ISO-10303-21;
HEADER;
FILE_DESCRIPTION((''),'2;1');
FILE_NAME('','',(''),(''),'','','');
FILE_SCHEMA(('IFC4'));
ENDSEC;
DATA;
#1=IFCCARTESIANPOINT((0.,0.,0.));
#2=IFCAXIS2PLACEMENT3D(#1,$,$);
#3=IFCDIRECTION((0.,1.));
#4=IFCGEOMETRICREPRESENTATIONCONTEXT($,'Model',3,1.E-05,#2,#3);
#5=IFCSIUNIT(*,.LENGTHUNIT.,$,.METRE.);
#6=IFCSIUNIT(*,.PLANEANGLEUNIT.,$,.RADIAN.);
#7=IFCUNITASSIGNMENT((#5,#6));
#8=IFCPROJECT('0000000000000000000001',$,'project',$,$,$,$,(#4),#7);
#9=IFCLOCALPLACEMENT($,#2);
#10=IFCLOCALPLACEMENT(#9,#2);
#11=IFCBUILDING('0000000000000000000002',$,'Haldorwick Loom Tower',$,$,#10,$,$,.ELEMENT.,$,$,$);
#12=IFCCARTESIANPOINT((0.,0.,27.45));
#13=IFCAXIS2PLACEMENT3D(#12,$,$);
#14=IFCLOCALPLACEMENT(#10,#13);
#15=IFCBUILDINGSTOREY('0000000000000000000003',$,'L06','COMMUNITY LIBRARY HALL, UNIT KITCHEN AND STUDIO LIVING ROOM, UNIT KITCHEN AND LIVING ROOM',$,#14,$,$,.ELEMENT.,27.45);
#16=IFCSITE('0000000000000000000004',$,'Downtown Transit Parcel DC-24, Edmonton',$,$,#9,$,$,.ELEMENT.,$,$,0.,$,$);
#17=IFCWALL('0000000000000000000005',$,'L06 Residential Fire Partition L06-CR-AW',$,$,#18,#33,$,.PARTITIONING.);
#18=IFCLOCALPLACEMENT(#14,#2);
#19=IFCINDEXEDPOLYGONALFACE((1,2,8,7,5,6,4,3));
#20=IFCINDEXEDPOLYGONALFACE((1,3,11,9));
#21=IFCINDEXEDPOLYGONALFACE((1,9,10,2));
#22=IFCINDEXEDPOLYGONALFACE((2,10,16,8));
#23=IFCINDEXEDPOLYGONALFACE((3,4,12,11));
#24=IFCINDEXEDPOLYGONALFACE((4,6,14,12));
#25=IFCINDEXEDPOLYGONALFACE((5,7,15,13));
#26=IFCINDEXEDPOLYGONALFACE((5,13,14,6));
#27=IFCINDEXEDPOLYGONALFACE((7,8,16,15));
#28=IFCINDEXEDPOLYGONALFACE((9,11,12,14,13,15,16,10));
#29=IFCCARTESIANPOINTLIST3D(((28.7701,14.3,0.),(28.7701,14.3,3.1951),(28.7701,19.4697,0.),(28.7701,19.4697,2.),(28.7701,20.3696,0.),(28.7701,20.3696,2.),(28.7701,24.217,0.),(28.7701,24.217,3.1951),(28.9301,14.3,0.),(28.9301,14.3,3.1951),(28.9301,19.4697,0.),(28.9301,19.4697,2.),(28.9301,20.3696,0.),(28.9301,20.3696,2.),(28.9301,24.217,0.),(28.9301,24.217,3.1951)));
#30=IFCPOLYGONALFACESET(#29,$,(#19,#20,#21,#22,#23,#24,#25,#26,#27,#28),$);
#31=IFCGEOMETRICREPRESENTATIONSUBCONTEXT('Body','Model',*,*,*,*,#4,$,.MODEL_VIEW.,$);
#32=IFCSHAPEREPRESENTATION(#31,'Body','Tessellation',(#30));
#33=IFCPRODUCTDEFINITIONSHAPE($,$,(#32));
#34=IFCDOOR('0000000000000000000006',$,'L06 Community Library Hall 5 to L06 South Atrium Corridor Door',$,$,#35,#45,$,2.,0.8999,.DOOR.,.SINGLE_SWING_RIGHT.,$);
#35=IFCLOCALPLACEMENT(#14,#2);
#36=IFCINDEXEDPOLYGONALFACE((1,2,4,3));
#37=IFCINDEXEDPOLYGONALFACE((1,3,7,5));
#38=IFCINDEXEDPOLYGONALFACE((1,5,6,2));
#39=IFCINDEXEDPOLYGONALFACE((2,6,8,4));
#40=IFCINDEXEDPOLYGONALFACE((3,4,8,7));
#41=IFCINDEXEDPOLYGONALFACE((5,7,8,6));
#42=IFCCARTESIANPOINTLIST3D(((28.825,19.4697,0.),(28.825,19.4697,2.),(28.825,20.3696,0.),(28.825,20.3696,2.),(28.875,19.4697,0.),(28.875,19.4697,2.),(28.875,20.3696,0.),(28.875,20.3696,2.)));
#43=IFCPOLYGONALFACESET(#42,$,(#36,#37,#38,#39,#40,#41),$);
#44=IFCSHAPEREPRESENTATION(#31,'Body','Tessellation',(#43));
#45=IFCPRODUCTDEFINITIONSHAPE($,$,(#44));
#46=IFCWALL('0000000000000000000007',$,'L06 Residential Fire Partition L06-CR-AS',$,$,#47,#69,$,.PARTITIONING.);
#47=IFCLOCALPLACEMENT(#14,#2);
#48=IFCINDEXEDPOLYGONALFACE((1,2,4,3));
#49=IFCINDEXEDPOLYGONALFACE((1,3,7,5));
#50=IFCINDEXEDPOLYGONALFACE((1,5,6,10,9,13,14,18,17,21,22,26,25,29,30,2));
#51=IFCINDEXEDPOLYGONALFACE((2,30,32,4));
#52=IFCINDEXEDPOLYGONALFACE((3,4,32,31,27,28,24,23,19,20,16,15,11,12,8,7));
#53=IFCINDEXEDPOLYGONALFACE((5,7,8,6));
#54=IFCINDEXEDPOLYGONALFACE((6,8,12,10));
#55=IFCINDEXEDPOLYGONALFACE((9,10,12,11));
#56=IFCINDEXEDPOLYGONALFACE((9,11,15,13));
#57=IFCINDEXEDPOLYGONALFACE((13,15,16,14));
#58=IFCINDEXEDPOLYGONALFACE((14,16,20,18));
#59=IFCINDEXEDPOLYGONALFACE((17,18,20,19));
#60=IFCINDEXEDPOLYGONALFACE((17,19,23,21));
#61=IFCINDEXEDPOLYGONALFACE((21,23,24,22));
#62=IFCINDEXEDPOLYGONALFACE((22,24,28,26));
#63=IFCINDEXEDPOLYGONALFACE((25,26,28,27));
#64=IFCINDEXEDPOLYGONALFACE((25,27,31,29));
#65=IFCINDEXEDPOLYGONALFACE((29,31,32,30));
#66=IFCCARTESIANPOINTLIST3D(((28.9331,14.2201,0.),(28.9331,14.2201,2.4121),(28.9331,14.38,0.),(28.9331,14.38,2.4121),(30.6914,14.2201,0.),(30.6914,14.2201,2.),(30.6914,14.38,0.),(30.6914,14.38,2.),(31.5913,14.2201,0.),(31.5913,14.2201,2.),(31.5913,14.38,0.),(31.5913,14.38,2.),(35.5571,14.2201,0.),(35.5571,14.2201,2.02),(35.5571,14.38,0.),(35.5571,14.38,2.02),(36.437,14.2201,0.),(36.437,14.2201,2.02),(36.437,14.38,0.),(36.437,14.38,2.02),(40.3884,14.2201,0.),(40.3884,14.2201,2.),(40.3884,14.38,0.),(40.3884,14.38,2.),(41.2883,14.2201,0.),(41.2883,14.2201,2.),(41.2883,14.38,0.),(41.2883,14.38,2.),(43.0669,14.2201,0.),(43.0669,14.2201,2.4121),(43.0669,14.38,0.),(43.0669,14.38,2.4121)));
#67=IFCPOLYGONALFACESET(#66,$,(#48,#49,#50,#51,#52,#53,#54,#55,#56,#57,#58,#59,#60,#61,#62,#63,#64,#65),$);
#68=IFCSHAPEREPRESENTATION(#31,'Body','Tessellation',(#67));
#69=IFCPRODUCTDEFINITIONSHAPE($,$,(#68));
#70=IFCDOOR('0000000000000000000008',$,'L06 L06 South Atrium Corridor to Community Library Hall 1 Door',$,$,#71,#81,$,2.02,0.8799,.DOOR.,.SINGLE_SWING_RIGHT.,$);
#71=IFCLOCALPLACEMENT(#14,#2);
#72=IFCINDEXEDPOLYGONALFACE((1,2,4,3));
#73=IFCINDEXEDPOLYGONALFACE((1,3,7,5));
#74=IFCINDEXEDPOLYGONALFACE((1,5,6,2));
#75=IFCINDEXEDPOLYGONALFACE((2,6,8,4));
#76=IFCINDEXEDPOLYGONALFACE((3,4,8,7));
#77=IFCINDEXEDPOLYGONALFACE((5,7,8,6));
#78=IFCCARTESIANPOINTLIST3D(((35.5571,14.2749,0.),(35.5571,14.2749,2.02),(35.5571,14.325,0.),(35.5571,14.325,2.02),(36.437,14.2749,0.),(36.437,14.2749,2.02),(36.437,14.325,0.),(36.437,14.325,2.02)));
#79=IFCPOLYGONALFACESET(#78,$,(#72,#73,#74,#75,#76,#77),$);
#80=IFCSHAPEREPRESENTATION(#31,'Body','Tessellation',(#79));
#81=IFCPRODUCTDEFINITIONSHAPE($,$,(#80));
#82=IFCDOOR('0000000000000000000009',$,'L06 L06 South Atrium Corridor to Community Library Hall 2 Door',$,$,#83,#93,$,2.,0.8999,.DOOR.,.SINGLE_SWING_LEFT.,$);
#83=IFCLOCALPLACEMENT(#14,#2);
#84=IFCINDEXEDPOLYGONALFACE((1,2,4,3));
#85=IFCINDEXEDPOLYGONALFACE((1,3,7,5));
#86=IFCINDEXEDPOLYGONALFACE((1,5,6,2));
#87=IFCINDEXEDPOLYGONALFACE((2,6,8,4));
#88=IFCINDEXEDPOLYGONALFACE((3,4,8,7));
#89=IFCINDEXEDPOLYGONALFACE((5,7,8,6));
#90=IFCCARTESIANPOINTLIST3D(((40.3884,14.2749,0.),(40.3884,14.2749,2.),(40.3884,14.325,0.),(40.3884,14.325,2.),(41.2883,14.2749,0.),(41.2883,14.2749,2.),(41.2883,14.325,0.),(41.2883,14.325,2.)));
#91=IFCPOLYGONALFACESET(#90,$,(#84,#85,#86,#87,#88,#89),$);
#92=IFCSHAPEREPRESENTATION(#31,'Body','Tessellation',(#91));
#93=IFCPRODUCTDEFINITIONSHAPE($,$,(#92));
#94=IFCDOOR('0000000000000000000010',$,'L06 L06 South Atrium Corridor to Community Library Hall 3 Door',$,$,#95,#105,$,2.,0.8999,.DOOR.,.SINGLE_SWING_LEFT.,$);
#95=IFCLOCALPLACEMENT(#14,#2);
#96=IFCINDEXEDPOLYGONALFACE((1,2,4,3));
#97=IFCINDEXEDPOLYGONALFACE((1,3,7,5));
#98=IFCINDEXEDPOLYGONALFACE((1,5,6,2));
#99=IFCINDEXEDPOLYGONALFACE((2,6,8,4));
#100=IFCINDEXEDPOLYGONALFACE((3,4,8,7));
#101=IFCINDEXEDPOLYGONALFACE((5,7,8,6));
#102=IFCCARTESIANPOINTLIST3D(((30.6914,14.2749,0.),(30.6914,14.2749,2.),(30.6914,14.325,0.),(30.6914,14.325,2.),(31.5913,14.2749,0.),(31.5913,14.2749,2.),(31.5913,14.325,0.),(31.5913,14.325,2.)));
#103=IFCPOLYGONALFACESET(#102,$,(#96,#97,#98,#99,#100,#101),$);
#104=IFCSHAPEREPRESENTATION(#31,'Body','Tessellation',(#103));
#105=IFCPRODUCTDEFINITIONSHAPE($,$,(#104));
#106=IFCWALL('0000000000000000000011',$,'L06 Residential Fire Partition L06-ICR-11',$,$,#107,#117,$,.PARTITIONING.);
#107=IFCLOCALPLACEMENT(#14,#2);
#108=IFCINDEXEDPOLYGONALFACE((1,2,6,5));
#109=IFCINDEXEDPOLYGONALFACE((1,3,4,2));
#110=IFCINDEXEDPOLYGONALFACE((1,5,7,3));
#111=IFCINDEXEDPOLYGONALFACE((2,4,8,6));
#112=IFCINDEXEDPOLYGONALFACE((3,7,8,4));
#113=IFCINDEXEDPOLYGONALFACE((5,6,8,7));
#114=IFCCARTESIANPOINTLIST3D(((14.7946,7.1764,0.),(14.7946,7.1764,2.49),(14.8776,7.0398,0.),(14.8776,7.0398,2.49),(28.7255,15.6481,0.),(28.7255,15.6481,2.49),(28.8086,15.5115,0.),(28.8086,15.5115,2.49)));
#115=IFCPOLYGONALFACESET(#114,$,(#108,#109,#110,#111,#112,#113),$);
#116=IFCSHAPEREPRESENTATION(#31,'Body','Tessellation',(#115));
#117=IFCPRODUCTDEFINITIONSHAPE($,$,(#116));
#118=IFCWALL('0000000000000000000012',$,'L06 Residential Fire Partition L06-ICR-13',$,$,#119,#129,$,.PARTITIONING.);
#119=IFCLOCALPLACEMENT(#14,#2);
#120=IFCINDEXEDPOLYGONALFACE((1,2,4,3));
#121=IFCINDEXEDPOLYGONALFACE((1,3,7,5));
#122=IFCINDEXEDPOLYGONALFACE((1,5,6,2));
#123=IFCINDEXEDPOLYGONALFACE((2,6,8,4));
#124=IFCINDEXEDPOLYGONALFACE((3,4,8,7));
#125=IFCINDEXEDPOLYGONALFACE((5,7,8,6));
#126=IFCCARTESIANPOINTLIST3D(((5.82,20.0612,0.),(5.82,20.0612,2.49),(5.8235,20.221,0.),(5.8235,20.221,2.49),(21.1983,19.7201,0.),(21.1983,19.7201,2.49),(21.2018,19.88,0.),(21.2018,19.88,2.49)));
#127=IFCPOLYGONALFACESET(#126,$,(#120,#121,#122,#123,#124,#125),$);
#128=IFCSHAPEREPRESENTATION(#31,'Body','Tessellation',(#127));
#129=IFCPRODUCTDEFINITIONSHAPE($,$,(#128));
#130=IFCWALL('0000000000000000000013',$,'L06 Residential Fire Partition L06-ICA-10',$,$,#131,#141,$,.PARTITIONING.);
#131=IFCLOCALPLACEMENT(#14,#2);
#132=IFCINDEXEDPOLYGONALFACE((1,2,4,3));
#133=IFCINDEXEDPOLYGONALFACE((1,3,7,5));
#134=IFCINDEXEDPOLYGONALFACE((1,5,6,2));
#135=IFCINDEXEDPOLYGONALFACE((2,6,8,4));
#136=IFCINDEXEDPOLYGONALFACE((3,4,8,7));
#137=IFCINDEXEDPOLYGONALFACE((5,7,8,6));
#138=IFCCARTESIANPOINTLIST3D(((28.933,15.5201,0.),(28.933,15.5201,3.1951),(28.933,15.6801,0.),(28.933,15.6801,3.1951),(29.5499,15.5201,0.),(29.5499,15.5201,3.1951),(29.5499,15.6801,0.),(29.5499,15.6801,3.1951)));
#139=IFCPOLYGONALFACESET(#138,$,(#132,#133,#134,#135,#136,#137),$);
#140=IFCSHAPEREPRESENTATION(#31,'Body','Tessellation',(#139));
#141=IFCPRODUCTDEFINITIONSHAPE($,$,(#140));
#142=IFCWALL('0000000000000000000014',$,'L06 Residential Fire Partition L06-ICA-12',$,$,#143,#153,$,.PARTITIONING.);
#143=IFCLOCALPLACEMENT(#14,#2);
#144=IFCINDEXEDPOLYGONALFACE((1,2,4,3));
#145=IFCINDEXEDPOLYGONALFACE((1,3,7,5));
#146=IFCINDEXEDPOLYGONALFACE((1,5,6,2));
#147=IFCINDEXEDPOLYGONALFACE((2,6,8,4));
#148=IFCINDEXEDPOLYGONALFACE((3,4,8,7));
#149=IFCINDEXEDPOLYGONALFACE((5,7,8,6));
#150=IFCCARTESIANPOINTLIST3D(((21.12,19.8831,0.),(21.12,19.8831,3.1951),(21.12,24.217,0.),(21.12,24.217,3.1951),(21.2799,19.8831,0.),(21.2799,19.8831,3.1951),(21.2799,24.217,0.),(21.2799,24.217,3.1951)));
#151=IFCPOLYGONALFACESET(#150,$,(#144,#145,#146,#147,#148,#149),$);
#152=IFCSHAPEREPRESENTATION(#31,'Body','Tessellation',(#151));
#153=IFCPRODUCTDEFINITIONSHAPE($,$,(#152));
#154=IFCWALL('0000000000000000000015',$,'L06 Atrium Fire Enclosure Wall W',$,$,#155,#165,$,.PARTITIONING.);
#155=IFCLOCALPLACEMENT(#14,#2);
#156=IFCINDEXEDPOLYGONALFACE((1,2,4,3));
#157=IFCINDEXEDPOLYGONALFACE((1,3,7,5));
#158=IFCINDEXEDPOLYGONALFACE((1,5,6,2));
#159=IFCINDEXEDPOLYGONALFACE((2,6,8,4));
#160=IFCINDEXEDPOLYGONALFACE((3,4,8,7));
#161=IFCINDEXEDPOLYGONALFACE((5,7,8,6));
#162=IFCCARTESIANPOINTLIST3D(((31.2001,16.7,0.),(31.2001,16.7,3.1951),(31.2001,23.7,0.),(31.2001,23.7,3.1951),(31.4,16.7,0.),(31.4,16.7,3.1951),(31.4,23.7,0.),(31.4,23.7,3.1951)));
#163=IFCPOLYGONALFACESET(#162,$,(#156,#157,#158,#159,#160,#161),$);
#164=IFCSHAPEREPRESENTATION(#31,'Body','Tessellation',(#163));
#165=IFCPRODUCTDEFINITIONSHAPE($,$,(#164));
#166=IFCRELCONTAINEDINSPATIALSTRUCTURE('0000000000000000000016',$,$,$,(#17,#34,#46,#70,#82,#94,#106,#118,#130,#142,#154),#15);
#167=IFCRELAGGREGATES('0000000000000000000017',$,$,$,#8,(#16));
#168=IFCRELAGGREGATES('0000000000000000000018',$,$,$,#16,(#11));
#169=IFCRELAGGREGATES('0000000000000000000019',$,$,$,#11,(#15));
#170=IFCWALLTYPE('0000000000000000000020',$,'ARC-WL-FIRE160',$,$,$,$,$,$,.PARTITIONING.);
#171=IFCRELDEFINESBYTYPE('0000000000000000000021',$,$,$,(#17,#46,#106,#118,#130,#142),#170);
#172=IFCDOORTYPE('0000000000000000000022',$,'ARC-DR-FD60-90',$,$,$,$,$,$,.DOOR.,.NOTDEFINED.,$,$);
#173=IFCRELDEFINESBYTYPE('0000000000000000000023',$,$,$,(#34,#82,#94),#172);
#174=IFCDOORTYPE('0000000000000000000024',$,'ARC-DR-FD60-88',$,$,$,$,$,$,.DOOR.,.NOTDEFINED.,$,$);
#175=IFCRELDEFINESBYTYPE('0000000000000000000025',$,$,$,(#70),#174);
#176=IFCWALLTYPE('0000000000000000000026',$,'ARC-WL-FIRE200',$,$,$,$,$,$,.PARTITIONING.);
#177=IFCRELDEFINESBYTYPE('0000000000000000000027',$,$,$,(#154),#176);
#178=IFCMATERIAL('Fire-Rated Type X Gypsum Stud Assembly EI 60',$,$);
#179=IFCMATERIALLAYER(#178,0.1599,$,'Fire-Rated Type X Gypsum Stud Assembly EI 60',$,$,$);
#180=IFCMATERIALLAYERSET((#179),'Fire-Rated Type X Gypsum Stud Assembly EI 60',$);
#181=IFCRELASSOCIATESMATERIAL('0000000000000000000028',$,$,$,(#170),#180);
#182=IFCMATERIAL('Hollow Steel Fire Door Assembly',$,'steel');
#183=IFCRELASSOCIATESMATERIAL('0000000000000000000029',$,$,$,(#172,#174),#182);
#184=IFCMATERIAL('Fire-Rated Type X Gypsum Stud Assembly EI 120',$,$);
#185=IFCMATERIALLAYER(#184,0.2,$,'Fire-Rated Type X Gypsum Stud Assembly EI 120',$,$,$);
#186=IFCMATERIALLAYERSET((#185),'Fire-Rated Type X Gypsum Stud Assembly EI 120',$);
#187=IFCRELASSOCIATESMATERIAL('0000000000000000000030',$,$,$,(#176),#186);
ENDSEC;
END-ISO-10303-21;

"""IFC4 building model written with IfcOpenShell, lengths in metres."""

from ifc_helpers import new_model, si_unit, direction, frame, frame_2d, origin, place, context, subcontext, project, spatial, rectangle, extrude, material, layer, layer_set, type_object, element, fill, save


model = new_model("IFC4")

# Units and contexts
model_context = context("Model", 3, precision=1e-05, world=origin(), true_north=direction((0.0, 1.0)))
body_context = subcontext(model_context, "Body", "Model", "MODEL_VIEW")
ifc_project = project(units=[si_unit("LENGTHUNIT", "METRE"), si_unit("PLANEANGLEUNIT", "RADIAN")], contexts=[model_context])

# Site, building, storey
site_placement = place(None, origin())
site = spatial("IfcSite", under=ifc_project, at=site_placement, Name="Downtown Transit Parcel DC-24, Edmonton", CompositionType="ELEMENT", RefElevation=0.0)
building_placement = place(site_placement, origin())
building = spatial("IfcBuilding", under=site, at=building_placement, Name="Haldorwick Loom Tower", CompositionType="ELEMENT")
storey_placement = place(building_placement, frame((0.0, 0.0, 27.45)))
storey = spatial("IfcBuildingStorey", under=building, at=storey_placement, Name="L06", Description="COMMUNITY LIBRARY HALL, UNIT KITCHEN AND STUDIO LIVING ROOM, UNIT KITCHEN AND LIVING ROOM", CompositionType="ELEMENT", Elevation=27.45)

# Wall, opening, door
ifc_material_1 = material(Name="Fire-Rated Type X Gypsum Stud Assembly EI 60")
ifc_layer_1 = layer(ifc_material_1, 0.1599, Name="Fire-Rated Type X Gypsum Stud Assembly EI 60")
ifc_layer_set_1 = layer_set([ifc_layer_1], Name="Fire-Rated Type X Gypsum Stud Assembly EI 60")
wall_type_1 = type_object("IfcWallType", Name="ARC-WL-FIRE160", PredefinedType="PARTITIONING", material=ifc_layer_set_1)
wall_1_placement = place(storey_placement, frame((28.8501, 14.3, 0.0), z_axis=(0.0, 0.0, 1.0), x_axis=(0.0, 1.0, 0.0)))
wall_1 = element("IfcWall", 1, at=wall_1_placement, inside=storey, type_object=wall_type_1, Name="L06 Residential Fire Partition L06-CR-AW", PredefinedType="PARTITIONING", context=body_context, shape_type="SweptSolid", body=[
    extrude(rectangle(XDim=9.917, YDim=0.1599, at=frame_2d((4.9585, 0.0))), origin(), (0.0, 0.0, 1.0), 3.1951),
])
opening_1_placement = place(wall_1_placement, frame((5.1697, 0.0, 0.0)))
opening_1 = element("IfcOpeningElement", 2, at=opening_1_placement, cuts=wall_1, PredefinedType="OPENING", context=body_context, shape_type="SweptSolid", body=[
    extrude(rectangle(XDim=0.8999, YDim=2.0, at=frame_2d((0.45, 1.0))), frame((0.0, 0.0898, 0.0), z_axis=(0.0, -1.0, 0.0), x_axis=(1.0, 0.0, 0.0)), (0.0, 0.0, 1.0), 0.1799),
])
ifc_material_2 = material(Name="Hollow Steel Fire Door Assembly", Category="steel")
door_type_1 = type_object("IfcDoorType", Name="ARC-DR-FD60-90", OperationType="NOTDEFINED", PredefinedType="DOOR", material=ifc_material_2)
door_1_placement = place(opening_1_placement, frame((0.8999, 0.0, 0.0), z_axis=(0.0, 0.0, 1.0), x_axis=(-1.0, 0.0, 0.0)))
door_1 = element("IfcDoor", 3, at=door_1_placement, inside=storey, type_object=door_type_1, Name="L06 Community Library Hall 5 to L06 South Atrium Corridor Door", OperationType="SINGLE_SWING_RIGHT", OverallHeight=2.0, OverallWidth=0.8999, PredefinedType="DOOR", context=body_context, shape_type="SweptSolid", body=[
    extrude(rectangle(XDim=0.8999, YDim=2.0, at=frame_2d((0.45, 1.0))), frame((0.0, 0.0249, 0.0), z_axis=(0.0, -1.0, 0.0), x_axis=(1.0, 0.0, 0.0)), (0.0, 0.0, 1.0), 0.05),
])
fill(opening_1, door_1)

# Wall, openings, doors
wall_2_placement = place(storey_placement, frame((28.9331, 14.3, 0.0), z_axis=(0.0, 0.0, 1.0), x_axis=(1.0, 0.0, 0.0)))
wall_2 = element("IfcWall", 4, at=wall_2_placement, inside=storey, type_object=wall_type_1, Name="L06 Residential Fire Partition L06-CR-AS", PredefinedType="PARTITIONING", context=body_context, shape_type="SweptSolid", body=[
    extrude(rectangle(XDim=14.1338, YDim=0.1599, at=frame_2d((7.0669, 0.0))), origin(), (0.0, 0.0, 1.0), 2.4121),
])
opening_2_placement = place(wall_2_placement, frame((6.624, 0.0, 0.0)))
opening_2 = element("IfcOpeningElement", 5, at=opening_2_placement, cuts=wall_2, PredefinedType="OPENING", context=body_context, shape_type="SweptSolid", body=[
    extrude(rectangle(XDim=0.8799, YDim=2.02, at=frame_2d((0.4399, 1.01))), frame((0.0, 0.0898, 0.0), z_axis=(0.0, -1.0, 0.0), x_axis=(1.0, 0.0, 0.0)), (0.0, 0.0, 1.0), 0.1799),
])
opening_3_placement = place(wall_2_placement, frame((11.4553, 0.0, 0.0)))
opening_3 = element("IfcOpeningElement", 6, at=opening_3_placement, cuts=wall_2, PredefinedType="OPENING", context=body_context, shape_type="SweptSolid", body=[
    extrude(rectangle(XDim=0.8999, YDim=2.0, at=frame_2d((0.45, 1.0))), frame((0.0, 0.0898, 0.0), z_axis=(0.0, -1.0, 0.0), x_axis=(1.0, 0.0, 0.0)), (0.0, 0.0, 1.0), 0.1799),
])
opening_4_placement = place(wall_2_placement, frame((1.7583, 0.0, 0.0)))
opening_4 = element("IfcOpeningElement", 7, at=opening_4_placement, cuts=wall_2, PredefinedType="OPENING", context=body_context, shape_type="SweptSolid", body=[
    extrude(rectangle(XDim=0.8999, YDim=2.0, at=frame_2d((0.45, 1.0))), frame((0.0, 0.0898, 0.0), z_axis=(0.0, -1.0, 0.0), x_axis=(1.0, 0.0, 0.0)), (0.0, 0.0, 1.0), 0.1799),
])
door_type_2 = type_object("IfcDoorType", Name="ARC-DR-FD60-88", OperationType="NOTDEFINED", PredefinedType="DOOR", material=ifc_material_2)
door_2_placement = place(opening_2_placement, origin())
door_2 = element("IfcDoor", 8, at=door_2_placement, inside=storey, type_object=door_type_2, Name="L06 L06 South Atrium Corridor to Community Library Hall 1 Door", OperationType="SINGLE_SWING_RIGHT", OverallHeight=2.02, OverallWidth=0.8799, PredefinedType="DOOR", context=body_context, shape_type="SweptSolid", body=[
    extrude(rectangle(XDim=0.8799, YDim=2.02, at=frame_2d((0.4399, 1.01))), frame((0.0, 0.0249, 0.0), z_axis=(0.0, -1.0, 0.0), x_axis=(1.0, 0.0, 0.0)), (0.0, 0.0, 1.0), 0.05),
])
fill(opening_2, door_2)
door_3_placement = place(opening_3_placement, origin())
door_3 = element("IfcDoor", 9, at=door_3_placement, inside=storey, type_object=door_type_1, Name="L06 L06 South Atrium Corridor to Community Library Hall 2 Door", OperationType="SINGLE_SWING_LEFT", OverallHeight=2.0, OverallWidth=0.8999, PredefinedType="DOOR", context=body_context, shape_type="SweptSolid", body=[
    extrude(rectangle(XDim=0.8999, YDim=2.0, at=frame_2d((0.45, 1.0))), frame((0.0, 0.0249, 0.0), z_axis=(0.0, -1.0, 0.0), x_axis=(1.0, 0.0, 0.0)), (0.0, 0.0, 1.0), 0.05),
])
fill(opening_3, door_3)
door_4_placement = place(opening_4_placement, origin())
door_4 = element("IfcDoor", 10, at=door_4_placement, inside=storey, type_object=door_type_1, Name="L06 L06 South Atrium Corridor to Community Library Hall 3 Door", OperationType="SINGLE_SWING_LEFT", OverallHeight=2.0, OverallWidth=0.8999, PredefinedType="DOOR", context=body_context, shape_type="SweptSolid", body=[
    extrude(rectangle(XDim=0.8999, YDim=2.0, at=frame_2d((0.45, 1.0))), frame((0.0, 0.0249, 0.0), z_axis=(0.0, -1.0, 0.0), x_axis=(1.0, 0.0, 0.0)), (0.0, 0.0, 1.0), 0.05),
])
fill(opening_4, door_4)

# Walls
wall_3_placement = place(storey_placement, frame((28.7671, 15.5798, 0.0), z_axis=(0.0, 0.0, 1.0), x_axis=(-0.854416, -0.519589, 0.0)))
element("IfcWall", 11, at=wall_3_placement, inside=storey, type_object=wall_type_1, Name="L06 Residential Fire Partition L06-ICR-11", PredefinedType="PARTITIONING", context=body_context, shape_type="SweptSolid", body=[
    extrude(rectangle(XDim=16.3047, YDim=0.1599, at=frame_2d((8.1523, 0.0))), origin(), (0.0, 0.0, 1.0), 2.49),
])
wall_4_placement = place(storey_placement, frame((21.2, 19.8, 0.0), z_axis=(0.0, 0.0, 1.0), x_axis=(-0.999754, 0.022173, 0.0)))
element("IfcWall", 12, at=wall_4_placement, inside=storey, type_object=wall_type_1, Name="L06 Residential Fire Partition L06-ICR-13", PredefinedType="PARTITIONING", context=body_context, shape_type="SweptSolid", body=[
    extrude(rectangle(XDim=15.3821, YDim=0.1599, at=frame_2d((7.6909, 0.0))), origin(), (0.0, 0.0, 1.0), 2.49),
])
wall_5_placement = place(storey_placement, frame((29.55, 15.6001, 0.0), z_axis=(0.0, 0.0, 1.0), x_axis=(-1.0, 0.0, 0.0)))
element("IfcWall", 13, at=wall_5_placement, inside=storey, type_object=wall_type_1, Name="L06 Residential Fire Partition L06-ICA-10", PredefinedType="PARTITIONING", context=body_context, shape_type="SweptSolid", body=[
    extrude(rectangle(XDim=0.6169, YDim=0.1599, at=frame_2d((0.3086, 0.0))), origin(), (0.0, 0.0, 1.0), 3.1951),
])
wall_6_placement = place(storey_placement, frame((21.2, 24.217, 0.0), z_axis=(0.0, 0.0, 1.0), x_axis=(0.0, -1.0, 0.0)))
element("IfcWall", 14, at=wall_6_placement, inside=storey, type_object=wall_type_1, Name="L06 Residential Fire Partition L06-ICA-12", PredefinedType="PARTITIONING", context=body_context, shape_type="SweptSolid", body=[
    extrude(rectangle(XDim=4.334, YDim=0.1599, at=frame_2d((2.167, 0.0))), origin(), (0.0, 0.0, 1.0), 3.1951),
])
ifc_material_3 = material(Name="Fire-Rated Type X Gypsum Stud Assembly EI 120")
ifc_layer_2 = layer(ifc_material_3, 0.2, Name="Fire-Rated Type X Gypsum Stud Assembly EI 120")
ifc_layer_set_2 = layer_set([ifc_layer_2], Name="Fire-Rated Type X Gypsum Stud Assembly EI 120")
wall_type_2 = type_object("IfcWallType", Name="ARC-WL-FIRE200", PredefinedType="PARTITIONING", material=ifc_layer_set_2)
wall_7_placement = place(storey_placement, frame((31.3, 16.7, 0.0), z_axis=(0.0, 0.0, 1.0), x_axis=(0.0, 1.0, 0.0)))
element("IfcWall", 15, at=wall_7_placement, inside=storey, type_object=wall_type_2, Name="L06 Atrium Fire Enclosure Wall W", PredefinedType="PARTITIONING", context=body_context, shape_type="SweptSolid", body=[
    extrude(rectangle(XDim=7.0, YDim=0.2, at=frame_2d((3.5, 0.0))), origin(), (0.0, 0.0, 1.0), 3.1951),
])

save(model, "model.ifc")
